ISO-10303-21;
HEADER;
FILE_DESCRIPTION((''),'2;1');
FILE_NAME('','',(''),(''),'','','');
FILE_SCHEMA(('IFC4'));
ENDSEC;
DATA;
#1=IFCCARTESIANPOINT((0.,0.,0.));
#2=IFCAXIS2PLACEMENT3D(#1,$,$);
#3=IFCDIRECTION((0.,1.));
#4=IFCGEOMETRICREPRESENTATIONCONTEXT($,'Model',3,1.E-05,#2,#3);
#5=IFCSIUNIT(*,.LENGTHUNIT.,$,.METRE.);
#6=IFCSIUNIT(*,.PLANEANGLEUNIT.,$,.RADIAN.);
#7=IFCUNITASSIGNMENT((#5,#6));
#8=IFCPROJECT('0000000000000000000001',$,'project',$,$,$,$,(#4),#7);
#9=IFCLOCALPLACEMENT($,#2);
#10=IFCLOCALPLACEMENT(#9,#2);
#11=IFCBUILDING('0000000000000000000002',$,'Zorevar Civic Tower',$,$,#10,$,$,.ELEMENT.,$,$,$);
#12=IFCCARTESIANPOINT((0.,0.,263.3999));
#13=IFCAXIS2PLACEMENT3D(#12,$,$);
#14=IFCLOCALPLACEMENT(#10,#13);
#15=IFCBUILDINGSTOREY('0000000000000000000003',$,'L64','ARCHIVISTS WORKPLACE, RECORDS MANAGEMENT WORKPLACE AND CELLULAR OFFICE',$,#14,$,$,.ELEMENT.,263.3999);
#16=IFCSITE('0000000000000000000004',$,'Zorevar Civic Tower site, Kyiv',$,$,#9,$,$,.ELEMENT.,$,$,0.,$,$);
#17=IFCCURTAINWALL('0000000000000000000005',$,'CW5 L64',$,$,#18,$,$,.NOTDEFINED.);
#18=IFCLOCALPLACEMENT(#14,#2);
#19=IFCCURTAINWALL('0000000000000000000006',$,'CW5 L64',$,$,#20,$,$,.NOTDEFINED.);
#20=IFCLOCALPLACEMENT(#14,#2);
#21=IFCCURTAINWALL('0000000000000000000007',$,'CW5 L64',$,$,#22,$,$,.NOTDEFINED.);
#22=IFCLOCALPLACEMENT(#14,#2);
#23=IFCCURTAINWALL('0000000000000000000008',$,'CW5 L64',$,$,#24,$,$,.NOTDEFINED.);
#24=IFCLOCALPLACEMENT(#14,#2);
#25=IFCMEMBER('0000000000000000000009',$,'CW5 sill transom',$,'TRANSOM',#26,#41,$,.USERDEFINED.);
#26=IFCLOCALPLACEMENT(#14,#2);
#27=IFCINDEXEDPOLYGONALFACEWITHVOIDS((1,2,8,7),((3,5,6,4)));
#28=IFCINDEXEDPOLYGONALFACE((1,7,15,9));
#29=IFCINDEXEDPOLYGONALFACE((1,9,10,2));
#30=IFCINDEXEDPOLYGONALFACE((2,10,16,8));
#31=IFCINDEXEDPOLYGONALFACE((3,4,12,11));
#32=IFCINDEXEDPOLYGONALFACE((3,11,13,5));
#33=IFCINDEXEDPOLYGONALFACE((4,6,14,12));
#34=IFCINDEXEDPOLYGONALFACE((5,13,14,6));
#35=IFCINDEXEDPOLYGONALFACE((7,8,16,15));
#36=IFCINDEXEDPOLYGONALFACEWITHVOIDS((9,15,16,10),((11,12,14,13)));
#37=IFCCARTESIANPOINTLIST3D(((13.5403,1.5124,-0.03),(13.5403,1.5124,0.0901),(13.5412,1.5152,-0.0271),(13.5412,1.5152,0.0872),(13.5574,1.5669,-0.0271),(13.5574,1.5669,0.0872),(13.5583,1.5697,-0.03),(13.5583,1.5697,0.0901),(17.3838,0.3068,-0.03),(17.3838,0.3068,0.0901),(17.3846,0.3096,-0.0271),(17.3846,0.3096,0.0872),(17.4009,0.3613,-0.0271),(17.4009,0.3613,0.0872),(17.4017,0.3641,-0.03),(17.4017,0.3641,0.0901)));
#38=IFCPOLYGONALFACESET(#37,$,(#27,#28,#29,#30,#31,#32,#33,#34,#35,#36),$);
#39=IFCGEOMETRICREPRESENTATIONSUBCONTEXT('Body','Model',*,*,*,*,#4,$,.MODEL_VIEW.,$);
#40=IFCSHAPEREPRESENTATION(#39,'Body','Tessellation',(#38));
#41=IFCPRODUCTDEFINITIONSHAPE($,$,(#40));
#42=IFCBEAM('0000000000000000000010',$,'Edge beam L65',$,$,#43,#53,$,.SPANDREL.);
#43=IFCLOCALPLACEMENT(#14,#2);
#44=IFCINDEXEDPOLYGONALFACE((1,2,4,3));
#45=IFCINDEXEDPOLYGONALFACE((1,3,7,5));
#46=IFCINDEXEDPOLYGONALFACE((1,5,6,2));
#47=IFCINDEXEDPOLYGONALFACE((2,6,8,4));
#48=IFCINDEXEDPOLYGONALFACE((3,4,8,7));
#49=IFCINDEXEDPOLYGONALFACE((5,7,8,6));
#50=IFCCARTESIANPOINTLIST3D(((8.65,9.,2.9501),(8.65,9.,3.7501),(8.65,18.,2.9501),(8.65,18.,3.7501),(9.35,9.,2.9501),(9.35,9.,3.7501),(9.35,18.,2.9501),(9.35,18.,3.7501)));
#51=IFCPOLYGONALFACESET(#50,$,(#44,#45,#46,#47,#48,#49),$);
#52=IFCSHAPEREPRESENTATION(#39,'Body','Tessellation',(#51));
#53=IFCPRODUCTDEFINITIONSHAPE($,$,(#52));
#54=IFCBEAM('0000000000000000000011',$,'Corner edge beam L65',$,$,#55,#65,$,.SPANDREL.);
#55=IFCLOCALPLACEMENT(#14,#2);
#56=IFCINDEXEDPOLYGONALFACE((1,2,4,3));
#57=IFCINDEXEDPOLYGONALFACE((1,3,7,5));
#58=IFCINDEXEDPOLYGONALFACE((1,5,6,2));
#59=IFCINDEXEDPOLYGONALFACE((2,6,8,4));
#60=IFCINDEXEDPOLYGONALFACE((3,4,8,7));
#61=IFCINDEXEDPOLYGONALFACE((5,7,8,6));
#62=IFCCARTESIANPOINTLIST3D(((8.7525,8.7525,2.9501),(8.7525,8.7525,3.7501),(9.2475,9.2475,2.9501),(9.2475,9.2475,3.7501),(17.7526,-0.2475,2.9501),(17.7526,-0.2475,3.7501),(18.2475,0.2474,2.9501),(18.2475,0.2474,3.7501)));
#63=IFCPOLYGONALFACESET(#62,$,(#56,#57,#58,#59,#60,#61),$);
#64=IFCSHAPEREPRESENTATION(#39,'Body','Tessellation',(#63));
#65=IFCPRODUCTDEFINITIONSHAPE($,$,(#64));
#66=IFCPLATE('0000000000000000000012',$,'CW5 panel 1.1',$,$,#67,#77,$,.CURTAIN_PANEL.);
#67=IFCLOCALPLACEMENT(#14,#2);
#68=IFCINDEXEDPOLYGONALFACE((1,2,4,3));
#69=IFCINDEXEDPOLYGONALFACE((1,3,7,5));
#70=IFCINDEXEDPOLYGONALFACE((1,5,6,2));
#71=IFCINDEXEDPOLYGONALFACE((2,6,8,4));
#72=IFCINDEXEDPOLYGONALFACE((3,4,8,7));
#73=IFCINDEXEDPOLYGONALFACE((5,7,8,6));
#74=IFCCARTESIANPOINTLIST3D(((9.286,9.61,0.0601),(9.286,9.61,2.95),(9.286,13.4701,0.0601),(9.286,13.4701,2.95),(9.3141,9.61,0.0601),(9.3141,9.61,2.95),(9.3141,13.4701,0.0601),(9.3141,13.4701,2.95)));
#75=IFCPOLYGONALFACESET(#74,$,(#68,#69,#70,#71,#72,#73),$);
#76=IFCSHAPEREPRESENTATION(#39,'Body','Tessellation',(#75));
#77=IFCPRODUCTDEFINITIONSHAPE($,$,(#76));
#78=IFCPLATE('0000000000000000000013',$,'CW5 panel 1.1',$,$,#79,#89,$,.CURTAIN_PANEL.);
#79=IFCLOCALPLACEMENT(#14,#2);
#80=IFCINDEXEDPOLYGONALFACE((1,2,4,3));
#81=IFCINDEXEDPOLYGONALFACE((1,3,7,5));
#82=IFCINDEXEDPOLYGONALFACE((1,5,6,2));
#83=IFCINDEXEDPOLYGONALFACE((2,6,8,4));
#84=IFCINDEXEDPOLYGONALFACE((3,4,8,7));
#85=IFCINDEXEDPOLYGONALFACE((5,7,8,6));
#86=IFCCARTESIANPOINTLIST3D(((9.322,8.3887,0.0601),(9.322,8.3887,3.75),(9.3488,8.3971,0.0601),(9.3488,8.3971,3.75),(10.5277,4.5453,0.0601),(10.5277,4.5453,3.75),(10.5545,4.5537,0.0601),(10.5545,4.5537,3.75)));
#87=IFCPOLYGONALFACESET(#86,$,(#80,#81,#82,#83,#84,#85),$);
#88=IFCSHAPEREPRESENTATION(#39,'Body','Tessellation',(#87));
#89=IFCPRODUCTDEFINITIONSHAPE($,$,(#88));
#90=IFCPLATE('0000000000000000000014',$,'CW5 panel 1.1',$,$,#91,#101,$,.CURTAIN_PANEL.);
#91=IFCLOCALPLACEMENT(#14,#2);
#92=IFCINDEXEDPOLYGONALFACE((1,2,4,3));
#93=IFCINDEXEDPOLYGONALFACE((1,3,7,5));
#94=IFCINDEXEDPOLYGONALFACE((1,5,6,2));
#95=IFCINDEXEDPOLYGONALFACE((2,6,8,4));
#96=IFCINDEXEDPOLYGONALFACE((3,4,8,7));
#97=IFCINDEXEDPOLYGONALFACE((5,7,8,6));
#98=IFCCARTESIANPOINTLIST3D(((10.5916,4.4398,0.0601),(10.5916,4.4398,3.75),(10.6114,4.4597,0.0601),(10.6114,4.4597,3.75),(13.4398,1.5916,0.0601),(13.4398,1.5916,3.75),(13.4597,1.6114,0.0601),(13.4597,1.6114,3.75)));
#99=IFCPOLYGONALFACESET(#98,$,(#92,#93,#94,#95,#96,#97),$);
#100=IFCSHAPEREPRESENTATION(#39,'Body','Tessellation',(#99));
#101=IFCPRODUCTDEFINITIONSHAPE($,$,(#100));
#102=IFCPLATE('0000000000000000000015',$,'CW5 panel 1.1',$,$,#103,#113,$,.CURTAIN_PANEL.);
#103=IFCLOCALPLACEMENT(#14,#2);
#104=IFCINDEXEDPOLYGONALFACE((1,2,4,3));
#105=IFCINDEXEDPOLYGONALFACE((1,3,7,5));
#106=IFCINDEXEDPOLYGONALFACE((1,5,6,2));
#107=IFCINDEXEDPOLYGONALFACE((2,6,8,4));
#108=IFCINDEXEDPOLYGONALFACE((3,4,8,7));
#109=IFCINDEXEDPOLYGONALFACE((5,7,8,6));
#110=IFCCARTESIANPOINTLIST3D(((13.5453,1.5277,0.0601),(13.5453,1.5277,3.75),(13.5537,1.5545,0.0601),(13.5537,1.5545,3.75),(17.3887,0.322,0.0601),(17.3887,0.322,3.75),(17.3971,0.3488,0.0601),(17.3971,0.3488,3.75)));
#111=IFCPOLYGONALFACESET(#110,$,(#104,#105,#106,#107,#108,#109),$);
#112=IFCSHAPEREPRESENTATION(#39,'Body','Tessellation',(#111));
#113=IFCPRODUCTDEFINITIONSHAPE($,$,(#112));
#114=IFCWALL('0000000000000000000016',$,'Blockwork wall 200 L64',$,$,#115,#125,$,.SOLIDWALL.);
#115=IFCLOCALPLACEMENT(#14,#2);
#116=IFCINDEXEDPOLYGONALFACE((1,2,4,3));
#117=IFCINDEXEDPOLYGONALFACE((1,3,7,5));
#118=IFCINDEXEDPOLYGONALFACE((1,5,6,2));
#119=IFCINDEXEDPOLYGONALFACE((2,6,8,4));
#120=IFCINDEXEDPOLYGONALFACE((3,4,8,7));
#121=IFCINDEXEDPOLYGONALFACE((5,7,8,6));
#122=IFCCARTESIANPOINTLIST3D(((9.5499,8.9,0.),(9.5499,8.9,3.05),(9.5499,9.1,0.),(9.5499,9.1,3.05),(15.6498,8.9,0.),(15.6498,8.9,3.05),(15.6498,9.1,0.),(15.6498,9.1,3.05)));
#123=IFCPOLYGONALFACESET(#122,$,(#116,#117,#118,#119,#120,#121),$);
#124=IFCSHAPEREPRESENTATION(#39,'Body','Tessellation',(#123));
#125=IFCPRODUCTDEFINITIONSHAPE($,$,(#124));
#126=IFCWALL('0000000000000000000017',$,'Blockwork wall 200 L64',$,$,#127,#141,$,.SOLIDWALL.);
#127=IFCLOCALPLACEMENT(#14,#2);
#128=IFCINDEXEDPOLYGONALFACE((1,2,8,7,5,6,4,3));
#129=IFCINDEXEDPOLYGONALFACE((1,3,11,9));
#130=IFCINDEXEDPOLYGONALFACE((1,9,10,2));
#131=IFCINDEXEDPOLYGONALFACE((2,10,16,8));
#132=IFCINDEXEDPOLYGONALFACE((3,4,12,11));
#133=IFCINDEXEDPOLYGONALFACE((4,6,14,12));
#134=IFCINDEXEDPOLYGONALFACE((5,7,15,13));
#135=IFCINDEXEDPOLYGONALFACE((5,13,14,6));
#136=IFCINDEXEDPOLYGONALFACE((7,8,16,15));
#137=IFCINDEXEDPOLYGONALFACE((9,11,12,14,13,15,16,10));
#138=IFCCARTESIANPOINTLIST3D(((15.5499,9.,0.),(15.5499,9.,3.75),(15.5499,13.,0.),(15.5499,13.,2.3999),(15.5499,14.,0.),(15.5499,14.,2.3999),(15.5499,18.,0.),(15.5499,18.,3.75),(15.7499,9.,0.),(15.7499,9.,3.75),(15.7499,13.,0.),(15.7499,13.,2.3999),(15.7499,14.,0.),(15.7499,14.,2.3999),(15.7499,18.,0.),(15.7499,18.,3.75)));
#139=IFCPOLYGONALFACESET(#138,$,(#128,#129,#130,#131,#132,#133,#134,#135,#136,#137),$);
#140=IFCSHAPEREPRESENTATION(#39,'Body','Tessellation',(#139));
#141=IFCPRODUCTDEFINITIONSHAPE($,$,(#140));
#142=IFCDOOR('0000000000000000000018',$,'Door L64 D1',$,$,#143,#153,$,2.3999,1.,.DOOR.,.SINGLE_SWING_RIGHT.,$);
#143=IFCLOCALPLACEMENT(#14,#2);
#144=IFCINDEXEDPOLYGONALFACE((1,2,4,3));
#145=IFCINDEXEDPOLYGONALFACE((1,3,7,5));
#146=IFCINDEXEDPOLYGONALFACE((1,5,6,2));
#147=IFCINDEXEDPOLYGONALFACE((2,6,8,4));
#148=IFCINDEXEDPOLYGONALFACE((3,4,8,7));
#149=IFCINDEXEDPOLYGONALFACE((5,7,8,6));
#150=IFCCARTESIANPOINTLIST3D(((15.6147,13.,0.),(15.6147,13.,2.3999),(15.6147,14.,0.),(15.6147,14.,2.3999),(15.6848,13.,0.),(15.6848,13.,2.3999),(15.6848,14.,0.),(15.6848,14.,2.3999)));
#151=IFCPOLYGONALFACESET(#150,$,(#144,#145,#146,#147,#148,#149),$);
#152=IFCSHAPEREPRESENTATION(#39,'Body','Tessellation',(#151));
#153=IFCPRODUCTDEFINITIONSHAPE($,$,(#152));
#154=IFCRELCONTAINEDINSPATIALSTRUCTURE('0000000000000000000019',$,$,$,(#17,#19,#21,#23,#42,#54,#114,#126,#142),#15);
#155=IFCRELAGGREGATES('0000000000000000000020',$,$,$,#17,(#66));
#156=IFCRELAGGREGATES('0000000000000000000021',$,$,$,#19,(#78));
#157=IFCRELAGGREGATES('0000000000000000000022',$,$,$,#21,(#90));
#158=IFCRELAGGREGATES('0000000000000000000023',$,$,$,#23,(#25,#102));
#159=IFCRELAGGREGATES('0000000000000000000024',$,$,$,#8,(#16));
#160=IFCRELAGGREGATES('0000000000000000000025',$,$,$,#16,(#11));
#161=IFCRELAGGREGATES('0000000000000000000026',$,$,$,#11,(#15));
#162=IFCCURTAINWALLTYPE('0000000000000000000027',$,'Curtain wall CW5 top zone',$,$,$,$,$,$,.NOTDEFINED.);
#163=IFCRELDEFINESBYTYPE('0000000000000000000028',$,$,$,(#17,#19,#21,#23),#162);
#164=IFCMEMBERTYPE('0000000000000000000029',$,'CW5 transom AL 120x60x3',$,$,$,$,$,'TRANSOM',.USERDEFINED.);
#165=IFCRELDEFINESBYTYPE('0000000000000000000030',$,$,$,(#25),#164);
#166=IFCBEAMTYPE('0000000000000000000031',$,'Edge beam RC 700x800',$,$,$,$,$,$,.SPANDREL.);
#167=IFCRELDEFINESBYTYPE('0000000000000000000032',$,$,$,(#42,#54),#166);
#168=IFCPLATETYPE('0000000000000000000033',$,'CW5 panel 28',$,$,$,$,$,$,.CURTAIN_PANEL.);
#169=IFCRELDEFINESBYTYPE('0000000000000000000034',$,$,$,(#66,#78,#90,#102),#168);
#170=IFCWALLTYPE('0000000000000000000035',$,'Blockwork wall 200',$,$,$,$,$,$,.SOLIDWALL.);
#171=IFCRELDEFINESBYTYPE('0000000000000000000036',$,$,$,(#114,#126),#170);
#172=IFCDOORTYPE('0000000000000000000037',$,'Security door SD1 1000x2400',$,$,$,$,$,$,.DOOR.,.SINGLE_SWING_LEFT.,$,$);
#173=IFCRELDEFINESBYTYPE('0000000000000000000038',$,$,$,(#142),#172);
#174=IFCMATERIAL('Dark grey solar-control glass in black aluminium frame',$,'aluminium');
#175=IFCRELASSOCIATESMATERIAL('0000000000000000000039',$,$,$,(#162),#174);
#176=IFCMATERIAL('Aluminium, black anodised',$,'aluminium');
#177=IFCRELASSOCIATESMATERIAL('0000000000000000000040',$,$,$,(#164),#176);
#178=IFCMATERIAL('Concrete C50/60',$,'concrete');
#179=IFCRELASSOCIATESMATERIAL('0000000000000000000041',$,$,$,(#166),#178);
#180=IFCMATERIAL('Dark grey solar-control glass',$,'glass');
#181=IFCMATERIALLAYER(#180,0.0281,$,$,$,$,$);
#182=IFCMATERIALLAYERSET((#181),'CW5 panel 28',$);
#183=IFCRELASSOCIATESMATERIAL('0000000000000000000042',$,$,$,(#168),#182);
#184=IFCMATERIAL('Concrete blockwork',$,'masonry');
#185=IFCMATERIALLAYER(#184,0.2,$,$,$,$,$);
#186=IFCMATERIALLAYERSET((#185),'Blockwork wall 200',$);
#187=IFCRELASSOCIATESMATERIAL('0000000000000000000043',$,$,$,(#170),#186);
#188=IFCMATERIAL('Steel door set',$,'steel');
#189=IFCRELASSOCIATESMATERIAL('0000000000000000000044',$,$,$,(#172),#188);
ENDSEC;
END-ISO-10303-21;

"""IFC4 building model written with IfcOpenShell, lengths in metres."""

from ifc_helpers import new_model, si_unit, direction, frame, frame_2d, origin, origin_2d, place, context, subcontext, project, spatial, rectangle, hollow_rectangle, extrude, material, layer, layer_set, material_profile, profile_set, type_object, element, fill, aggregate, save


model = new_model("IFC4")

# Units and contexts
model_context = context("Model", 3, precision=1e-05, world=origin(), true_north=direction((0.0, 1.0)))
body_context = subcontext(model_context, "Body", "Model", "MODEL_VIEW")
ifc_project = project(units=[si_unit("LENGTHUNIT", "METRE"), si_unit("PLANEANGLEUNIT", "RADIAN")], contexts=[model_context])

# Site, building, storey
site_placement = place(None, origin())
site = spatial("IfcSite", under=ifc_project, at=site_placement, Name="Zorevar Civic Tower site, Kyiv", CompositionType="ELEMENT", RefElevation=0.0)
building_placement = place(site_placement, origin())
building = spatial("IfcBuilding", under=site, at=building_placement, Name="Zorevar Civic Tower", CompositionType="ELEMENT")
storey_placement = place(building_placement, frame((0.0, 0.0, 263.3999)))
storey = spatial("IfcBuildingStorey", under=building, at=storey_placement, Name="L64", Description="ARCHIVISTS WORKPLACE, RECORDS MANAGEMENT WORKPLACE AND CELLULAR OFFICE", CompositionType="ELEMENT", Elevation=263.3999)

# Curtain wall
ifc_material_1 = material(Name="Dark grey solar-control glass in black aluminium frame", Category="aluminium")
curtain_wall_type = type_object("IfcCurtainWallType", Name="Curtain wall CW5 top zone", PredefinedType="NOTDEFINED", material=ifc_material_1)
curtain_wall_1_placement = place(storey_placement, origin())
curtain_wall_1 = element("IfcCurtainWall", 1, at=curtain_wall_1_placement, inside=storey, type_object=curtain_wall_type, Name="CW5 L64", PredefinedType="NOTDEFINED")

# Curtain walls
curtain_wall_2_placement = place(storey_placement, origin())
curtain_wall_2 = element("IfcCurtainWall", 2, at=curtain_wall_2_placement, inside=storey, type_object=curtain_wall_type, Name="CW5 L64", PredefinedType="NOTDEFINED")
curtain_wall_3_placement = place(storey_placement, origin())
curtain_wall_3 = element("IfcCurtainWall", 3, at=curtain_wall_3_placement, inside=storey, type_object=curtain_wall_type, Name="CW5 L64", PredefinedType="NOTDEFINED")
curtain_wall_4_placement = place(storey_placement, origin())
curtain_wall_4 = element("IfcCurtainWall", 4, at=curtain_wall_4_placement, inside=storey, type_object=curtain_wall_type, Name="CW5 L64", PredefinedType="NOTDEFINED")

# Member
ifc_material_2 = material(Name="Aluminium, black anodised", Category="aluminium")
ifc_material_profile_1 = material_profile(ifc_material_2, hollow_rectangle(XDim=0.0601, YDim=0.1201, WallThickness=0.0029, at=origin_2d()), Name="AL 120x60x3")
ifc_profile_set_1 = profile_set([ifc_material_profile_1], Name="Aluminium, black anodised")
member_type_1 = type_object("IfcMemberType", Name="CW5 transom AL 120x60x3", ElementType="TRANSOM", PredefinedType="USERDEFINED", material=ifc_profile_set_1)
member_1_placement = place(storey_placement, frame((13.5493, 1.541, 0.03), z_axis=(0.954163, -0.299286, 0.0), x_axis=(0.299286, 0.954163, 0.0)))
member_1 = element("IfcMember", 5, at=member_1_placement, type_object=member_type_1, Name="CW5 sill transom", ObjectType="TRANSOM", PredefinedType="USERDEFINED", context=body_context, shape_type="SweptSolid", body=[
    extrude(hollow_rectangle(XDim=0.0601, YDim=0.1201, WallThickness=0.0029, at=origin_2d()), origin(), (0.0, 0.0, 1.0), 4.0281),
])

# Beams
ifc_material_3 = material(Name="Concrete C50/60", Category="concrete")
ifc_material_profile_2 = material_profile(ifc_material_3, rectangle(XDim=0.7, YDim=0.8, at=origin_2d()), Name="RC 700x800")
ifc_profile_set_2 = profile_set([ifc_material_profile_2], Name="Concrete C50/60")
beam_type_1 = type_object("IfcBeamType", Name="Edge beam RC 700x800", PredefinedType="SPANDREL", material=ifc_profile_set_2)
beam_1_placement = place(storey_placement, frame((9.0, 9.0, 3.3501), z_axis=(0.0, 1.0, 0.0), x_axis=(-1.0, 0.0, 0.0)))
element("IfcBeam", 6, at=beam_1_placement, inside=storey, type_object=beam_type_1, Name="Edge beam L65", PredefinedType="SPANDREL", context=body_context, shape_type="SweptSolid", body=[
    extrude(rectangle(XDim=0.7, YDim=0.8, at=origin_2d()), origin(), (0.0, 0.0, 1.0), 9.0),
])
beam_2_placement = place(storey_placement, frame((9.0, 9.0, 3.3501), z_axis=(0.707107, -0.707107, 0.0), x_axis=(0.707107, 0.707107, 0.0)))
element("IfcBeam", 7, at=beam_2_placement, inside=storey, type_object=beam_type_1, Name="Corner edge beam L65", PredefinedType="SPANDREL", context=body_context, shape_type="SweptSolid", body=[
    extrude(rectangle(XDim=0.7, YDim=0.8, at=origin_2d()), origin(), (0.0, 0.0, 1.0), 12.728),
])

# Plates
ifc_material_4 = material(Name="Dark grey solar-control glass", Category="glass")
ifc_layer_1 = layer(ifc_material_4, 0.0281)
ifc_layer_set_1 = layer_set([ifc_layer_1], Name="CW5 panel 28")
plate_type = type_object("IfcPlateType", Name="CW5 panel 28", PredefinedType="CURTAIN_PANEL", material=ifc_layer_set_1)
plate_1_placement = place(storey_placement, frame((9.3, 11.54, 0.0601), z_axis=(0.0, 0.0, 1.0), x_axis=(0.0, 1.0, 0.0)))
plate_1 = element("IfcPlate", 8, at=plate_1_placement, type_object=plate_type, Name="CW5 panel 1.1", PredefinedType="CURTAIN_PANEL", context=body_context, shape_type="SweptSolid", body=[
    extrude(rectangle(XDim=3.8601, YDim=0.0281, at=origin_2d()), origin(), (0.0, 0.0, 1.0), 2.8899),
])
aggregate(curtain_wall_1, [plate_1])
plate_2_placement = place(storey_placement, frame((9.9382, 6.4712, 0.0601), z_axis=(0.0, 0.0, 1.0), x_axis=(0.299318, -0.954153, 0.0)))
plate_2 = element("IfcPlate", 9, at=plate_2_placement, type_object=plate_type, Name="CW5 panel 1.1", PredefinedType="CURTAIN_PANEL", context=body_context, shape_type="SweptSolid", body=[
    extrude(rectangle(XDim=4.0281, YDim=0.0281, at=origin_2d()), origin(), (0.0, 0.0, 1.0), 3.6899),
])
aggregate(curtain_wall_2, [plate_2])
plate_3_placement = place(storey_placement, frame((12.0256, 3.0256, 0.0601), z_axis=(0.0, 0.0, 1.0), x_axis=(0.707107, -0.707107, 0.0)))
plate_3 = element("IfcPlate", 10, at=plate_3_placement, type_object=plate_type, Name="CW5 panel 1.1", PredefinedType="CURTAIN_PANEL", context=body_context, shape_type="SweptSolid", body=[
    extrude(rectangle(XDim=4.0281, YDim=0.0281, at=origin_2d()), origin(), (0.0, 0.0, 1.0), 3.6899),
])
aggregate(curtain_wall_3, [plate_3])
plate_4_placement = place(storey_placement, frame((15.4712, 0.9382, 0.0601), z_axis=(0.0, 0.0, 1.0), x_axis=(0.954153, -0.299318, 0.0)))
plate_4 = element("IfcPlate", 11, at=plate_4_placement, type_object=plate_type, Name="CW5 panel 1.1", PredefinedType="CURTAIN_PANEL", context=body_context, shape_type="SweptSolid", body=[
    extrude(rectangle(XDim=4.0281, YDim=0.0281, at=origin_2d()), origin(), (0.0, 0.0, 1.0), 3.6899),
])
aggregate(curtain_wall_4, [member_1, plate_4])

# Wall
ifc_material_5 = material(Name="Concrete blockwork", Category="masonry")
ifc_layer_2 = layer(ifc_material_5, 0.2)
ifc_layer_set_2 = layer_set([ifc_layer_2], Name="Blockwork wall 200")
wall_type = type_object("IfcWallType", Name="Blockwork wall 200", PredefinedType="SOLIDWALL", material=ifc_layer_set_2)
wall_1_placement = place(storey_placement, frame((9.55, 9.0, 0.0), z_axis=(0.0, 0.0, 1.0), x_axis=(1.0, 0.0, 0.0)))
element("IfcWall", 12, at=wall_1_placement, inside=storey, type_object=wall_type, Name="Blockwork wall 200 L64", PredefinedType="SOLIDWALL", context=body_context, shape_type="SweptSolid", body=[
    extrude(rectangle(XDim=6.0999, YDim=0.2, at=frame_2d((3.0498, 0.0))), origin(), (0.0, 0.0, 1.0), 3.05),
])

# Wall, opening, door
wall_2_placement = place(storey_placement, frame((15.6499, 9.0, 0.0), z_axis=(0.0, 0.0, 1.0), x_axis=(0.0, 1.0, 0.0)))
wall_2 = element("IfcWall", 13, at=wall_2_placement, inside=storey, type_object=wall_type, Name="Blockwork wall 200 L64", PredefinedType="SOLIDWALL", context=body_context, shape_type="SweptSolid", body=[
    extrude(rectangle(XDim=9.0, YDim=0.2, at=frame_2d((4.5, 0.0))), origin(), (0.0, 0.0, 1.0), 3.75),
])
opening_placement = place(wall_2_placement, frame((4.0, 0.0, 0.0)))
opening = element("IfcOpeningElement", 14, at=opening_placement, cuts=wall_2, PredefinedType="OPENING", context=body_context, shape_type="SweptSolid", body=[
    extrude(rectangle(XDim=1.0, YDim=2.3999, at=frame_2d((0.5, 1.2))), frame((0.0, 0.1099, 0.0), z_axis=(0.0, -1.0, 0.0), x_axis=(1.0, 0.0, 0.0)), (0.0, 0.0, 1.0), 0.22),
])
ifc_material_6 = material(Name="Steel door set", Category="steel")
door_type = type_object("IfcDoorType", Name="Security door SD1 1000x2400", OperationType="SINGLE_SWING_LEFT", PredefinedType="DOOR", material=ifc_material_6)
door_placement = place(opening_placement, origin())
door = element("IfcDoor", 15, at=door_placement, inside=storey, type_object=door_type, Name="Door L64 D1", OperationType="SINGLE_SWING_RIGHT", OverallHeight=2.3999, OverallWidth=1.0, PredefinedType="DOOR", context=body_context, shape_type="SweptSolid", body=[
    extrude(rectangle(XDim=1.0, YDim=2.3999, at=frame_2d((0.5, 1.2))), frame((0.0, 0.0352, 0.0), z_axis=(0.0, -1.0, 0.0), x_axis=(1.0, 0.0, 0.0)), (0.0, 0.0, 1.0), 0.0701),
])
fill(opening, door)

save(model, "model.ifc")
